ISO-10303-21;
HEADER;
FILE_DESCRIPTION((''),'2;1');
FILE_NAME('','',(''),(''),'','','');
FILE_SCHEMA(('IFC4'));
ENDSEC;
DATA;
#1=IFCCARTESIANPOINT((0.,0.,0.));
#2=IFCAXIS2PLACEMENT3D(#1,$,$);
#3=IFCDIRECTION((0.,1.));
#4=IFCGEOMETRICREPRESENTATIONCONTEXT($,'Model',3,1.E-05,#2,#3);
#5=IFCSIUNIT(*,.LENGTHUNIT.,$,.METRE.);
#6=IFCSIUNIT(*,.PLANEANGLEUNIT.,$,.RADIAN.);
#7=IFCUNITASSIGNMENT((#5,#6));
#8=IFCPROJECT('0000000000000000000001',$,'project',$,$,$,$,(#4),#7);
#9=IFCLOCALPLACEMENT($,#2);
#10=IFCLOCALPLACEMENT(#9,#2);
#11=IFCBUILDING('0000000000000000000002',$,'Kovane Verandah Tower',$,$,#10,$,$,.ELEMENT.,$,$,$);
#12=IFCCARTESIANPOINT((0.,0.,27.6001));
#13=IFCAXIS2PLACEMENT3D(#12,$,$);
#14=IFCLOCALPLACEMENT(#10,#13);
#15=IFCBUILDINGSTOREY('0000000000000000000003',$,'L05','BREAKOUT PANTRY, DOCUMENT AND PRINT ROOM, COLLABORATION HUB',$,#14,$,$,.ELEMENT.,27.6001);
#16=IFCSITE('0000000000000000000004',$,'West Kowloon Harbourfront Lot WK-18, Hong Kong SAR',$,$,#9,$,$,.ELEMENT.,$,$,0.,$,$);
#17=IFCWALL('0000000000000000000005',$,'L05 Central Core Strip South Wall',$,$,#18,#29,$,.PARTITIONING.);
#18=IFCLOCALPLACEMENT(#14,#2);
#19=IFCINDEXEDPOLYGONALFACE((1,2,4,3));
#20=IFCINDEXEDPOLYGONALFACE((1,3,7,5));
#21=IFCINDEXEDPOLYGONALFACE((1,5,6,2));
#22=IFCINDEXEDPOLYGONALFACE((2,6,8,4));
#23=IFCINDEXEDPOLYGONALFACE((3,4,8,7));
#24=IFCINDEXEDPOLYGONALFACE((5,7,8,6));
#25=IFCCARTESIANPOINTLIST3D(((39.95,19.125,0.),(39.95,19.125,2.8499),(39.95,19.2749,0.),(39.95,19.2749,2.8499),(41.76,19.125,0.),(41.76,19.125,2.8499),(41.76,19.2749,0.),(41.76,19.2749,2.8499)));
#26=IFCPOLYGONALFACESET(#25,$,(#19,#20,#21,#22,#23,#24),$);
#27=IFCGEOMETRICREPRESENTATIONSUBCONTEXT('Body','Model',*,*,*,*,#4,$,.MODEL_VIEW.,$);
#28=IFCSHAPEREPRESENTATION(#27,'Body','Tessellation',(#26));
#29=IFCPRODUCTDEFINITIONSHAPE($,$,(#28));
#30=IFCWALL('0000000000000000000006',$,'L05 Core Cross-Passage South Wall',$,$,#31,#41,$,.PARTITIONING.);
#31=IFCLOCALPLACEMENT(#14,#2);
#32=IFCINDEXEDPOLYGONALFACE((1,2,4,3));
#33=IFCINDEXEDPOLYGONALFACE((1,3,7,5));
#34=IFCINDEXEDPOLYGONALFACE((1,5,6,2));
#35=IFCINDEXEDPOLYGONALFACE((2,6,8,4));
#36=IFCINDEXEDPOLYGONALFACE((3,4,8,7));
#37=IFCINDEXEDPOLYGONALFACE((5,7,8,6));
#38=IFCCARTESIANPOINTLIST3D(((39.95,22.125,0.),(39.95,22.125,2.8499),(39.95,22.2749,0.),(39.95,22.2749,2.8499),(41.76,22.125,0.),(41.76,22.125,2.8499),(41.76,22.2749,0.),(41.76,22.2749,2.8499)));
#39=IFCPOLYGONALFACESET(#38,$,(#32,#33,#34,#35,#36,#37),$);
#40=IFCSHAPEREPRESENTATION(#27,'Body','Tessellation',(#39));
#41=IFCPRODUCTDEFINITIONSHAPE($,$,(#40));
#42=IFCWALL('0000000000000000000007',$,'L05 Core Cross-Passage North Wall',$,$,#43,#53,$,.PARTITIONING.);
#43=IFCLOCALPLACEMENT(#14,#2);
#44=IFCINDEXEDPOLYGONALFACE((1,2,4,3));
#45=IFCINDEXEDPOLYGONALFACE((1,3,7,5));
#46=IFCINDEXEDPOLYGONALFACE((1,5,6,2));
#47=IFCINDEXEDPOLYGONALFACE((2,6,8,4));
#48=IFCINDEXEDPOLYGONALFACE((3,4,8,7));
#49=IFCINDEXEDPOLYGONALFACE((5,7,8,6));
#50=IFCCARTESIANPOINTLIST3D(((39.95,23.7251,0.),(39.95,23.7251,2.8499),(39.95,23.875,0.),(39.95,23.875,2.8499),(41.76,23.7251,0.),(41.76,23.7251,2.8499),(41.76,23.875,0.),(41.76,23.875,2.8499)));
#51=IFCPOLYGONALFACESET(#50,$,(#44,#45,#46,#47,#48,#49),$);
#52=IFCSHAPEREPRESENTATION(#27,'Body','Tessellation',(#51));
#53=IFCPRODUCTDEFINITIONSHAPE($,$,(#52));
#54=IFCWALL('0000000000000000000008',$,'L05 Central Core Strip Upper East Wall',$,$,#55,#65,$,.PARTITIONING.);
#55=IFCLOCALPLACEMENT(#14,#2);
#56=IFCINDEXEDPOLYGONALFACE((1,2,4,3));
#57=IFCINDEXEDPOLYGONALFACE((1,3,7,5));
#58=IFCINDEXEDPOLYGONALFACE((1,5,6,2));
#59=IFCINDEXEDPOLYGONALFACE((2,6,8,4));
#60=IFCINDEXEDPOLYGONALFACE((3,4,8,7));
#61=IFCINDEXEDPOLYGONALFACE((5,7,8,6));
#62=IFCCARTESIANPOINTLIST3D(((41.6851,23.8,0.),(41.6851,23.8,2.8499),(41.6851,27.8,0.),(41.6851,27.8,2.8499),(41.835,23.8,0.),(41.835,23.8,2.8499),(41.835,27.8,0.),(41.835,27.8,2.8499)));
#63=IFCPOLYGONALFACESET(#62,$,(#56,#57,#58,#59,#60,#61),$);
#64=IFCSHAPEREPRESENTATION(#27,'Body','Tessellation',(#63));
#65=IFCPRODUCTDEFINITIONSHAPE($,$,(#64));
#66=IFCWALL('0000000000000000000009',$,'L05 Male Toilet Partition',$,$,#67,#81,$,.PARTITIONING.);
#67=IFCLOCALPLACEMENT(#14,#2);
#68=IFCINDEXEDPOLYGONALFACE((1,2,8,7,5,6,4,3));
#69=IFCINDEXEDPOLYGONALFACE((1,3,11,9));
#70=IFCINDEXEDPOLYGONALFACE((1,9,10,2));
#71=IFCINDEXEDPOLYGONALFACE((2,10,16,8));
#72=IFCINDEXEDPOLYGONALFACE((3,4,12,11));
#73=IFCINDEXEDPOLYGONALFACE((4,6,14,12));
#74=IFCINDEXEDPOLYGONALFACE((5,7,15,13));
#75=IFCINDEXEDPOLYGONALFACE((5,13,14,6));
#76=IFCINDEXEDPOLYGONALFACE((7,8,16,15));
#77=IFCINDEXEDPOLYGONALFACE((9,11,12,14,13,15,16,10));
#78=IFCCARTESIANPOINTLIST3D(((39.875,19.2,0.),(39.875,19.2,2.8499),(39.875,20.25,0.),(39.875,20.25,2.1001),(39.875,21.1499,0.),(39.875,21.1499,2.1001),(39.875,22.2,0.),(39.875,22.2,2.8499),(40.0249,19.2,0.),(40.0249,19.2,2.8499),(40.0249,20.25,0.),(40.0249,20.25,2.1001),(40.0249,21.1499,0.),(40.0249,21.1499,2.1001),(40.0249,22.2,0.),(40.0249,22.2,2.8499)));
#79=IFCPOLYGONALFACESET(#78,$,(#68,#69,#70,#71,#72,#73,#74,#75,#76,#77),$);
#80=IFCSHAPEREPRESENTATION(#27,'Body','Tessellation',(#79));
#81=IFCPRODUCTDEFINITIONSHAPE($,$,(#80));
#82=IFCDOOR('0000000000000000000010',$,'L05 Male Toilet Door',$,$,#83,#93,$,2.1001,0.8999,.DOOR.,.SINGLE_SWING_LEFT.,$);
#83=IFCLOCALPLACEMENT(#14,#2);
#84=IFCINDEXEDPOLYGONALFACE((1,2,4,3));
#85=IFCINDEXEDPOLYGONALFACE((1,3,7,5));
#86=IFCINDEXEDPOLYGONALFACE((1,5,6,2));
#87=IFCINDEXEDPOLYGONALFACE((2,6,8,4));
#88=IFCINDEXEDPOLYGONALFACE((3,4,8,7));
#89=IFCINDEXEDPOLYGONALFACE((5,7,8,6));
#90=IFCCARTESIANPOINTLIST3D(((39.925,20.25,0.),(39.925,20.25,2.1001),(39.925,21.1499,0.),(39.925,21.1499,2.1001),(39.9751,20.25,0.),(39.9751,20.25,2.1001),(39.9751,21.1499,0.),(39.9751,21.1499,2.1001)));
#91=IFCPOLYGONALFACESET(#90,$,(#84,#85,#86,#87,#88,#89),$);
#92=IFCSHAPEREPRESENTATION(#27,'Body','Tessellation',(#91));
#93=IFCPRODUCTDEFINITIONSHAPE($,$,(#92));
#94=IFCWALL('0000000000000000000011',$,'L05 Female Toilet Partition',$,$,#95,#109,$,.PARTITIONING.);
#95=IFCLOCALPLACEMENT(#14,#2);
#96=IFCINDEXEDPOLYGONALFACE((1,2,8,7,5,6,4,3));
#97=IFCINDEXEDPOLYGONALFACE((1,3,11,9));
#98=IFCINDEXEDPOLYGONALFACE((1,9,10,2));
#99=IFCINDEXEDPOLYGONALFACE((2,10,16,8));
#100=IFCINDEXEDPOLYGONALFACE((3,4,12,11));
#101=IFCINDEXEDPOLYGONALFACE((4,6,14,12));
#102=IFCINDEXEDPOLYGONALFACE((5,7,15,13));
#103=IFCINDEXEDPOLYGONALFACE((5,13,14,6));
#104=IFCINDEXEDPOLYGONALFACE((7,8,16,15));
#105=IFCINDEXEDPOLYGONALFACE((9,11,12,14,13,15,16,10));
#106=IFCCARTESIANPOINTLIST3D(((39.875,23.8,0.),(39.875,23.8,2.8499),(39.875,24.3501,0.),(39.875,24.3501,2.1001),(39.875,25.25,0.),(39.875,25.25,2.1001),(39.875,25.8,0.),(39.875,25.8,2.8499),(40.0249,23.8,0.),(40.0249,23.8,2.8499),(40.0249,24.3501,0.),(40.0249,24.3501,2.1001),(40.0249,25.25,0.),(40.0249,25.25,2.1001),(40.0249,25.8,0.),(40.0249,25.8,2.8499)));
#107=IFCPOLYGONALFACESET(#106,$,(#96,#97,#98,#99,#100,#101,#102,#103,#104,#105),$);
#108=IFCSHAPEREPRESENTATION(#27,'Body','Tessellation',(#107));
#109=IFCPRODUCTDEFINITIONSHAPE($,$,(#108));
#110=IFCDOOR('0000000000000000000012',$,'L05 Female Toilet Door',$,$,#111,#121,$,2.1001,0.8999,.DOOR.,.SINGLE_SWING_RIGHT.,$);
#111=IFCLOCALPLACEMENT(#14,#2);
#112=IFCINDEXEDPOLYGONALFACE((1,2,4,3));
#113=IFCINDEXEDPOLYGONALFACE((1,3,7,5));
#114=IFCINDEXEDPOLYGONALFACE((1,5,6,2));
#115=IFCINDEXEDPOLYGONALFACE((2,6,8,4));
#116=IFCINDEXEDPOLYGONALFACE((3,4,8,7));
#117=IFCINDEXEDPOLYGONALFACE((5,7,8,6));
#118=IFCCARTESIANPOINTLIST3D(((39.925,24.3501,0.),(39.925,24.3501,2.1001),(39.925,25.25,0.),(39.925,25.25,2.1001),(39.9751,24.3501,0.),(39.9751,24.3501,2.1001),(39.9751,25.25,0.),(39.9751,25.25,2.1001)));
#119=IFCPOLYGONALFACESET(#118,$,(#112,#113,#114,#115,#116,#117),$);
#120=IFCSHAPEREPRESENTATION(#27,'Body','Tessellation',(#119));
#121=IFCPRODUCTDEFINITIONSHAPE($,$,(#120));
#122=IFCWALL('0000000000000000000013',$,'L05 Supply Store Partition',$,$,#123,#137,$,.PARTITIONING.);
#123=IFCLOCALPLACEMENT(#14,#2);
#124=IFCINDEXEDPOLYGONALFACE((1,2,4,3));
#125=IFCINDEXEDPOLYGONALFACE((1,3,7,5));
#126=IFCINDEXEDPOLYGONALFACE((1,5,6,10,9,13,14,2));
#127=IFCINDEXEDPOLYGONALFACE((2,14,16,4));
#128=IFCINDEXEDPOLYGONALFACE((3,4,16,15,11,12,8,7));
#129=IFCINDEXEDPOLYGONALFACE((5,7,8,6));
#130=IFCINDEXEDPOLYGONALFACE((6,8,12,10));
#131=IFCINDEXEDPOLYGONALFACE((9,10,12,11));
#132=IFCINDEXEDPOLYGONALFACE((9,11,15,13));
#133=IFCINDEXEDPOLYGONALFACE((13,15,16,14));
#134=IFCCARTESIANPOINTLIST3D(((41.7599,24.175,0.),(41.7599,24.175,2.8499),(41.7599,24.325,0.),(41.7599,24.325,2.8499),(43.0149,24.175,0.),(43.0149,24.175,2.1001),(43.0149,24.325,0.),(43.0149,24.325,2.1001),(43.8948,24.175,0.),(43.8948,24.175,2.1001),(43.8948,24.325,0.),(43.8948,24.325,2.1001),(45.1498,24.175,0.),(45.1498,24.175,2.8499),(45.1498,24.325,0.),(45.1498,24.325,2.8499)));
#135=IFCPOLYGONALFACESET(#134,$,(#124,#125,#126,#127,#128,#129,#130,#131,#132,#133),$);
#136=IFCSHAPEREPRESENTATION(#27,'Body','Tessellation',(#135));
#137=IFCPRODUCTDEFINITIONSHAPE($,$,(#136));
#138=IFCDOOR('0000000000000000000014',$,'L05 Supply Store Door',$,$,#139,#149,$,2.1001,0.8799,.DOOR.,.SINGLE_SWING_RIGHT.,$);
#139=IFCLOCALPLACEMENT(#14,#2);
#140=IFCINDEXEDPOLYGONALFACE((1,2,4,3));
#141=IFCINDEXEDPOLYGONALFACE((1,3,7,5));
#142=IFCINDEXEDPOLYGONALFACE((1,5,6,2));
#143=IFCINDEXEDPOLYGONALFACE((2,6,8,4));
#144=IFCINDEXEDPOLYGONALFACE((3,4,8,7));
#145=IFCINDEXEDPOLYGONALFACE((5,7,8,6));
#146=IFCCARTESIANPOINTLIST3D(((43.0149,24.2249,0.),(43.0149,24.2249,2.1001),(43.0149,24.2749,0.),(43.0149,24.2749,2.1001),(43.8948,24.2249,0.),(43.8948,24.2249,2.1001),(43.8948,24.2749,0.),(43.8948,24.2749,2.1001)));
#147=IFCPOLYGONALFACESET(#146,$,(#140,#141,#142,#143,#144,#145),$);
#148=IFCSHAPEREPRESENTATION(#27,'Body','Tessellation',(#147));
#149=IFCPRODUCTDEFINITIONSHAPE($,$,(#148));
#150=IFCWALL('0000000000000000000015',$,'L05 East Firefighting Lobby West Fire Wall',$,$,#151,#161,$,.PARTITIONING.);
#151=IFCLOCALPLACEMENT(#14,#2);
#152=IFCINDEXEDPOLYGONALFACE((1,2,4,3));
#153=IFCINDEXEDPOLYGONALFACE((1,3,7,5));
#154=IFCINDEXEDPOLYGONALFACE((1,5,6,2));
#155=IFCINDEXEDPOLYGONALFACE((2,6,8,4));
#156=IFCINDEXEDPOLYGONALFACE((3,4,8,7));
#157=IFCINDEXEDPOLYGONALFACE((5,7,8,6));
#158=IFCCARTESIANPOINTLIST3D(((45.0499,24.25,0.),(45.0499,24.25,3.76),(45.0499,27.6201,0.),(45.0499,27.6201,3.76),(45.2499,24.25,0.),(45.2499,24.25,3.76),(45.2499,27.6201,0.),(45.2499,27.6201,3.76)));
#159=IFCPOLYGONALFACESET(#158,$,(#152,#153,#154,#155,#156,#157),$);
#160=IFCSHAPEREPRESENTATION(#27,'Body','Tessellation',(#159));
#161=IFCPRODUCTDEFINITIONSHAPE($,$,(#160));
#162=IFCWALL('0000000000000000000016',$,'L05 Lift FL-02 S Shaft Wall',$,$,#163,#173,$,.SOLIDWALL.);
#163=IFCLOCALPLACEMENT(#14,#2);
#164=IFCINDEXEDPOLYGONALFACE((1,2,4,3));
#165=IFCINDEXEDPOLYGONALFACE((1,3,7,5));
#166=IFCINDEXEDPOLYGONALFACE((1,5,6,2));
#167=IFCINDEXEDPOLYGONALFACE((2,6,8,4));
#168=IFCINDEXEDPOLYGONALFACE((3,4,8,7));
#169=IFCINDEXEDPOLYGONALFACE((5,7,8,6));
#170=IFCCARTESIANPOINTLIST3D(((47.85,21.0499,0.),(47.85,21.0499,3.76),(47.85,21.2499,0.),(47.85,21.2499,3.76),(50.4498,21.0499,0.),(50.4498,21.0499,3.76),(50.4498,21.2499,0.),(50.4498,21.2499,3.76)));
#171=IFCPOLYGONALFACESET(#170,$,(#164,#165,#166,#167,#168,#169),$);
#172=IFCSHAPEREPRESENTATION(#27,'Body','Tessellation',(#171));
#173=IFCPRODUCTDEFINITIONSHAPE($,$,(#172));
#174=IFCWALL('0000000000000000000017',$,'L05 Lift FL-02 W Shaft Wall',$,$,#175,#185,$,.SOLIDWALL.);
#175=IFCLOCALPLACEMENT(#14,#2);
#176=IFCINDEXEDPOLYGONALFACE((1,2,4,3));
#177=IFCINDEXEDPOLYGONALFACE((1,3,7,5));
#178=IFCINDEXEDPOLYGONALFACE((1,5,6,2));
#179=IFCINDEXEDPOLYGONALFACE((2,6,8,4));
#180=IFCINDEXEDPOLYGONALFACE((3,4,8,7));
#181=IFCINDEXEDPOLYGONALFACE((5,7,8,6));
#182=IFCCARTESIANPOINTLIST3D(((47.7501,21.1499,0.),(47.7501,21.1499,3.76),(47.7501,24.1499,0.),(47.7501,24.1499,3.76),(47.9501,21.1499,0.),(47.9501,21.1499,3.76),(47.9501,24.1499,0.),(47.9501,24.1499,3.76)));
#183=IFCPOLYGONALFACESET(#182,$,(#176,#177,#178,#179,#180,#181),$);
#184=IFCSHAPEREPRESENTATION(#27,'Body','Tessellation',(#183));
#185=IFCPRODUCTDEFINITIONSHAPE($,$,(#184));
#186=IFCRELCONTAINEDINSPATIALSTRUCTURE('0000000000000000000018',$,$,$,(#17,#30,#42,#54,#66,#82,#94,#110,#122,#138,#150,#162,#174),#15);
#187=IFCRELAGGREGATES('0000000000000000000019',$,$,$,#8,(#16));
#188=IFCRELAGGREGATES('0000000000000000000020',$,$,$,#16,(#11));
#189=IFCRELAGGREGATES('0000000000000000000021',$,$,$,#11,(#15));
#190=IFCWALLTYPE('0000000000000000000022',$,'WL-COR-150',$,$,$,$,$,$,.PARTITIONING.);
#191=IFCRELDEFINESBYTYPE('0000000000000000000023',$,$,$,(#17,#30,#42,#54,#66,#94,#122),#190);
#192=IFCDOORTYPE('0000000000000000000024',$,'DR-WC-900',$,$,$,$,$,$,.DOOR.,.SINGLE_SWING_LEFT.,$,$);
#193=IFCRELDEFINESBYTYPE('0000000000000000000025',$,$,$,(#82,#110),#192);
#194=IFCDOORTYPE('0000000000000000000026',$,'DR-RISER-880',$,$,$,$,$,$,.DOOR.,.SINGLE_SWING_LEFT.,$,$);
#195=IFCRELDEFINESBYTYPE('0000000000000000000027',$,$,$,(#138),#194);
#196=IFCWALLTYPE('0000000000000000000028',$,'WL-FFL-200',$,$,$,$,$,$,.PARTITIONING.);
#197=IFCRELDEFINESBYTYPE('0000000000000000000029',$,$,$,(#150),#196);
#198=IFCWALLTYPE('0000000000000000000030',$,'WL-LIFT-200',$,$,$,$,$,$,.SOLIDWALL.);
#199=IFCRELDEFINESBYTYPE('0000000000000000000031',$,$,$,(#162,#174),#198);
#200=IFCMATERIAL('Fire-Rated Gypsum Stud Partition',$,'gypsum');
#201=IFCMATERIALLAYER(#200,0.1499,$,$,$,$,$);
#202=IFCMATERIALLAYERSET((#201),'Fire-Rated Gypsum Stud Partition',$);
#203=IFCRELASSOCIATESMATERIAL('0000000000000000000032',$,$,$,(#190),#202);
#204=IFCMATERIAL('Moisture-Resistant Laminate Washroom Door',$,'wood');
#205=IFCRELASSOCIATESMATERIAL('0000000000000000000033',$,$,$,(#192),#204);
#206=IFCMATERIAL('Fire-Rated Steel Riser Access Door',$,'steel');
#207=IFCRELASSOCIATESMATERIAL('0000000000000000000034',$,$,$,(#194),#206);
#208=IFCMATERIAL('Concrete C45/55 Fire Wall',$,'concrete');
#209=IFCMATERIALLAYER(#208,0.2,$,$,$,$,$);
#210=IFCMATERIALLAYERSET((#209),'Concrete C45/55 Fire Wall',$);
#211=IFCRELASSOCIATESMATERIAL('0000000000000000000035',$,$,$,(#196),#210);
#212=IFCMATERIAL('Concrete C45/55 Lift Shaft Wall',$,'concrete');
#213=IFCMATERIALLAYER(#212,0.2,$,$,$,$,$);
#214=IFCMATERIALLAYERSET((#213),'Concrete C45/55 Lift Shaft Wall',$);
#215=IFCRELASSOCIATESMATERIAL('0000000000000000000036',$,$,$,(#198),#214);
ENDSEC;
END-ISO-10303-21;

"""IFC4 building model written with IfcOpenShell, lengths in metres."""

from ifc_helpers import new_model, si_unit, direction, frame, frame_2d, origin, place, context, subcontext, project, spatial, rectangle, extrude, material, layer, layer_set, type_object, element, fill, save


model = new_model("IFC4")

# Units and contexts
model_context = context("Model", 3, precision=1e-05, world=origin(), true_north=direction((0.0, 1.0)))
body_context = subcontext(model_context, "Body", "Model", "MODEL_VIEW")
ifc_project = project(units=[si_unit("LENGTHUNIT", "METRE"), si_unit("PLANEANGLEUNIT", "RADIAN")], contexts=[model_context])

# Site, building, storey
site_placement = place(None, origin())
site = spatial("IfcSite", under=ifc_project, at=site_placement, Name="West Kowloon Harbourfront Lot WK-18, Hong Kong SAR", CompositionType="ELEMENT", RefElevation=0.0)
building_placement = place(site_placement, origin())
building = spatial("IfcBuilding", under=site, at=building_placement, Name="Kovane Verandah Tower", CompositionType="ELEMENT")
storey_placement = place(building_placement, frame((0.0, 0.0, 27.6001)))
storey = spatial("IfcBuildingStorey", under=building, at=storey_placement, Name="L05", Description="BREAKOUT PANTRY, DOCUMENT AND PRINT ROOM, COLLABORATION HUB", CompositionType="ELEMENT", Elevation=27.6001)

# Walls
ifc_material_1 = material(Name="Fire-Rated Gypsum Stud Partition", Category="gypsum")
ifc_layer_1 = layer(ifc_material_1, 0.1499)
ifc_layer_set_1 = layer_set([ifc_layer_1], Name="Fire-Rated Gypsum Stud Partition")
wall_type_1 = type_object("IfcWallType", Name="WL-COR-150", PredefinedType="PARTITIONING", material=ifc_layer_set_1)
for number, where, z_axis, x_axis, name in (
    (1, (39.95, 19.2, 0.0), (0.0, 0.0, 1.0), (1.0, 0.0, 0.0), "L05 Central Core Strip South Wall"),
    (2, (39.95, 22.2, 0.0), (0.0, 0.0, 1.0), (1.0, 0.0, 0.0), "L05 Core Cross-Passage South Wall"),
    (3, (39.95, 23.8, 0.0), (0.0, 0.0, 1.0), (1.0, 0.0, 0.0), "L05 Core Cross-Passage North Wall"),
):
    element("IfcWall", number, at=place(storey_placement, frame(where, z_axis=z_axis, x_axis=x_axis)), inside=storey, type_object=wall_type_1, Name=name, PredefinedType="PARTITIONING", context=body_context, shape_type="SweptSolid", body=[
        extrude(rectangle(XDim=1.8101, YDim=0.1499, at=frame_2d((0.905, 0.0))), origin(), (0.0, 0.0, 1.0), 2.8499),
    ])
wall_1_placement = place(storey_placement, frame((41.76, 23.8, 0.0), z_axis=(0.0, 0.0, 1.0), x_axis=(0.0, 1.0, 0.0)))
element("IfcWall", 4, at=wall_1_placement, inside=storey, type_object=wall_type_1, Name="L05 Central Core Strip Upper East Wall", PredefinedType="PARTITIONING", context=body_context, shape_type="SweptSolid", body=[
    extrude(rectangle(XDim=4.0, YDim=0.1499, at=frame_2d((2.0, 0.0))), origin(), (0.0, 0.0, 1.0), 2.8499),
])

# Walls, openings, doors
wall_2_placement = place(storey_placement, frame((39.95, 19.2, 0.0), z_axis=(0.0, 0.0, 1.0), x_axis=(0.0, 1.0, 0.0)))
wall_2 = element("IfcWall", 5, at=wall_2_placement, inside=storey, type_object=wall_type_1, Name="L05 Male Toilet Partition", PredefinedType="PARTITIONING", context=body_context, shape_type="SweptSolid", body=[
    extrude(rectangle(XDim=3.0, YDim=0.1499, at=frame_2d((1.5, 0.0))), origin(), (0.0, 0.0, 1.0), 2.8499),
])
opening_1_placement = place(wall_2_placement, frame((1.05, 0.0, 0.0)))
opening_1 = element("IfcOpeningElement", 6, at=opening_1_placement, cuts=wall_2, PredefinedType="OPENING", context=body_context, shape_type="SweptSolid", body=[
    extrude(rectangle(XDim=0.8999, YDim=2.1001, at=frame_2d((0.45, 1.05))), frame((0.0, 0.075, 0.0), z_axis=(0.0, -1.0, 0.0), x_axis=(1.0, 0.0, 0.0)), (0.0, 0.0, 1.0), 0.1499),
])
ifc_material_2 = material(Name="Moisture-Resistant Laminate Washroom Door", Category="wood")
door_type_1 = type_object("IfcDoorType", Name="DR-WC-900", OperationType="SINGLE_SWING_LEFT", PredefinedType="DOOR", material=ifc_material_2)
door_1_placement = place(opening_1_placement, origin())
door_1 = element("IfcDoor", 7, at=door_1_placement, inside=storey, type_object=door_type_1, Name="L05 Male Toilet Door", OperationType="SINGLE_SWING_LEFT", OverallHeight=2.1001, OverallWidth=0.8999, PredefinedType="DOOR", context=body_context, shape_type="SweptSolid", body=[
    extrude(rectangle(XDim=0.8999, YDim=2.1001, at=frame_2d((0.45, 1.05))), frame((0.0, 0.0249, 0.0), z_axis=(0.0, -1.0, 0.0), x_axis=(1.0, 0.0, 0.0)), (0.0, 0.0, 1.0), 0.05),
])
fill(opening_1, door_1)
wall_3_placement = place(storey_placement, frame((39.95, 23.8, 0.0), z_axis=(0.0, 0.0, 1.0), x_axis=(0.0, 1.0, 0.0)))
wall_3 = element("IfcWall", 8, at=wall_3_placement, inside=storey, type_object=wall_type_1, Name="L05 Female Toilet Partition", PredefinedType="PARTITIONING", context=body_context, shape_type="SweptSolid", body=[
    extrude(rectangle(XDim=2.0, YDim=0.1499, at=frame_2d((1.0, 0.0))), origin(), (0.0, 0.0, 1.0), 2.8499),
])
opening_2_placement = place(wall_3_placement, frame((0.55, 0.0, 0.0)))
opening_2 = element("IfcOpeningElement", 9, at=opening_2_placement, cuts=wall_3, PredefinedType="OPENING", context=body_context, shape_type="SweptSolid", body=[
    extrude(rectangle(XDim=0.8999, YDim=2.1001, at=frame_2d((0.45, 1.05))), frame((0.0, 0.075, 0.0), z_axis=(0.0, -1.0, 0.0), x_axis=(1.0, 0.0, 0.0)), (0.0, 0.0, 1.0), 0.1499),
])
door_2_placement = place(opening_2_placement, origin())
door_2 = element("IfcDoor", 10, at=door_2_placement, inside=storey, type_object=door_type_1, Name="L05 Female Toilet Door", OperationType="SINGLE_SWING_RIGHT", OverallHeight=2.1001, OverallWidth=0.8999, PredefinedType="DOOR", context=body_context, shape_type="SweptSolid", body=[
    extrude(rectangle(XDim=0.8999, YDim=2.1001, at=frame_2d((0.45, 1.05))), frame((0.0, 0.0249, 0.0), z_axis=(0.0, -1.0, 0.0), x_axis=(1.0, 0.0, 0.0)), (0.0, 0.0, 1.0), 0.05),
])
fill(opening_2, door_2)
wall_4_placement = place(storey_placement, frame((41.76, 24.25, 0.0), z_axis=(0.0, 0.0, 1.0), x_axis=(1.0, 0.0, 0.0)))
wall_4 = element("IfcWall", 11, at=wall_4_placement, inside=storey, type_object=wall_type_1, Name="L05 Supply Store Partition", PredefinedType="PARTITIONING", context=body_context, shape_type="SweptSolid", body=[
    extrude(rectangle(XDim=3.3899, YDim=0.1499, at=frame_2d((1.6948, 0.0))), origin(), (0.0, 0.0, 1.0), 2.8499),
])
opening_3_placement = place(wall_4_placement, frame((1.2549, 0.0, 0.0)))
opening_3 = element("IfcOpeningElement", 12, at=opening_3_placement, cuts=wall_4, PredefinedType="OPENING", context=body_context, shape_type="SweptSolid", body=[
    extrude(rectangle(XDim=0.8799, YDim=2.1001, at=frame_2d((0.4399, 1.05))), frame((0.0, 0.075, 0.0), z_axis=(0.0, -1.0, 0.0), x_axis=(1.0, 0.0, 0.0)), (0.0, 0.0, 1.0), 0.1499),
])
ifc_material_3 = material(Name="Fire-Rated Steel Riser Access Door", Category="steel")
door_type_2 = type_object("IfcDoorType", Name="DR-RISER-880", OperationType="SINGLE_SWING_LEFT", PredefinedType="DOOR", material=ifc_material_3)
door_3_placement = place(opening_3_placement, origin())
door_3 = element("IfcDoor", 13, at=door_3_placement, inside=storey, type_object=door_type_2, Name="L05 Supply Store Door", OperationType="SINGLE_SWING_RIGHT", OverallHeight=2.1001, OverallWidth=0.8799, PredefinedType="DOOR", context=body_context, shape_type="SweptSolid", body=[
    extrude(rectangle(XDim=0.8799, YDim=2.1001, at=frame_2d((0.4399, 1.05))), frame((0.0, 0.0249, 0.0), z_axis=(0.0, -1.0, 0.0), x_axis=(1.0, 0.0, 0.0)), (0.0, 0.0, 1.0), 0.05),
])
fill(opening_3, door_3)

# Wall
ifc_material_4 = material(Name="Concrete C45/55 Fire Wall", Category="concrete")
ifc_layer_2 = layer(ifc_material_4, 0.2)
ifc_layer_set_2 = layer_set([ifc_layer_2], Name="Concrete C45/55 Fire Wall")
wall_type_2 = type_object("IfcWallType", Name="WL-FFL-200", PredefinedType="PARTITIONING", material=ifc_layer_set_2)
wall_5_placement = place(storey_placement, frame((45.1499, 24.25, 0.0), z_axis=(0.0, 0.0, 1.0), x_axis=(0.0, 1.0, 0.0)))
element("IfcWall", 14, at=wall_5_placement, inside=storey, type_object=wall_type_2, Name="L05 East Firefighting Lobby West Fire Wall", PredefinedType="PARTITIONING", context=body_context, shape_type="SweptSolid", body=[
    extrude(rectangle(XDim=3.3701, YDim=0.2, at=frame_2d((1.6851, 0.0))), origin(), (0.0, 0.0, 1.0), 3.76),
])

# Walls
ifc_material_5 = material(Name="Concrete C45/55 Lift Shaft Wall", Category="concrete")
ifc_layer_3 = layer(ifc_material_5, 0.2)
ifc_layer_set_3 = layer_set([ifc_layer_3], Name="Concrete C45/55 Lift Shaft Wall")
wall_type_3 = type_object("IfcWallType", Name="WL-LIFT-200", PredefinedType="SOLIDWALL", material=ifc_layer_set_3)
wall_6_placement = place(storey_placement, frame((47.8501, 21.1499, 0.0), z_axis=(0.0, 0.0, 1.0), x_axis=(1.0, 0.0, 0.0)))
element("IfcWall", 15, at=wall_6_placement, inside=storey, type_object=wall_type_3, Name="L05 Lift FL-02 S Shaft Wall", PredefinedType="SOLIDWALL", context=body_context, shape_type="SweptSolid", body=[
    extrude(rectangle(XDim=2.5999, YDim=0.2, at=frame_2d((1.2998, 0.0))), origin(), (0.0, 0.0, 1.0), 3.76),
])
wall_7_placement = place(storey_placement, frame((47.8501, 24.1499, 0.0), z_axis=(0.0, 0.0, 1.0), x_axis=(0.0, -1.0, 0.0)))
element("IfcWall", 16, at=wall_7_placement, inside=storey, type_object=wall_type_3, Name="L05 Lift FL-02 W Shaft Wall", PredefinedType="SOLIDWALL", context=body_context, shape_type="SweptSolid", body=[
    extrude(rectangle(XDim=3.0, YDim=0.2, at=frame_2d((1.5, 0.0))), origin(), (0.0, 0.0, 1.0), 3.76),
])

save(model, "model.ifc")
